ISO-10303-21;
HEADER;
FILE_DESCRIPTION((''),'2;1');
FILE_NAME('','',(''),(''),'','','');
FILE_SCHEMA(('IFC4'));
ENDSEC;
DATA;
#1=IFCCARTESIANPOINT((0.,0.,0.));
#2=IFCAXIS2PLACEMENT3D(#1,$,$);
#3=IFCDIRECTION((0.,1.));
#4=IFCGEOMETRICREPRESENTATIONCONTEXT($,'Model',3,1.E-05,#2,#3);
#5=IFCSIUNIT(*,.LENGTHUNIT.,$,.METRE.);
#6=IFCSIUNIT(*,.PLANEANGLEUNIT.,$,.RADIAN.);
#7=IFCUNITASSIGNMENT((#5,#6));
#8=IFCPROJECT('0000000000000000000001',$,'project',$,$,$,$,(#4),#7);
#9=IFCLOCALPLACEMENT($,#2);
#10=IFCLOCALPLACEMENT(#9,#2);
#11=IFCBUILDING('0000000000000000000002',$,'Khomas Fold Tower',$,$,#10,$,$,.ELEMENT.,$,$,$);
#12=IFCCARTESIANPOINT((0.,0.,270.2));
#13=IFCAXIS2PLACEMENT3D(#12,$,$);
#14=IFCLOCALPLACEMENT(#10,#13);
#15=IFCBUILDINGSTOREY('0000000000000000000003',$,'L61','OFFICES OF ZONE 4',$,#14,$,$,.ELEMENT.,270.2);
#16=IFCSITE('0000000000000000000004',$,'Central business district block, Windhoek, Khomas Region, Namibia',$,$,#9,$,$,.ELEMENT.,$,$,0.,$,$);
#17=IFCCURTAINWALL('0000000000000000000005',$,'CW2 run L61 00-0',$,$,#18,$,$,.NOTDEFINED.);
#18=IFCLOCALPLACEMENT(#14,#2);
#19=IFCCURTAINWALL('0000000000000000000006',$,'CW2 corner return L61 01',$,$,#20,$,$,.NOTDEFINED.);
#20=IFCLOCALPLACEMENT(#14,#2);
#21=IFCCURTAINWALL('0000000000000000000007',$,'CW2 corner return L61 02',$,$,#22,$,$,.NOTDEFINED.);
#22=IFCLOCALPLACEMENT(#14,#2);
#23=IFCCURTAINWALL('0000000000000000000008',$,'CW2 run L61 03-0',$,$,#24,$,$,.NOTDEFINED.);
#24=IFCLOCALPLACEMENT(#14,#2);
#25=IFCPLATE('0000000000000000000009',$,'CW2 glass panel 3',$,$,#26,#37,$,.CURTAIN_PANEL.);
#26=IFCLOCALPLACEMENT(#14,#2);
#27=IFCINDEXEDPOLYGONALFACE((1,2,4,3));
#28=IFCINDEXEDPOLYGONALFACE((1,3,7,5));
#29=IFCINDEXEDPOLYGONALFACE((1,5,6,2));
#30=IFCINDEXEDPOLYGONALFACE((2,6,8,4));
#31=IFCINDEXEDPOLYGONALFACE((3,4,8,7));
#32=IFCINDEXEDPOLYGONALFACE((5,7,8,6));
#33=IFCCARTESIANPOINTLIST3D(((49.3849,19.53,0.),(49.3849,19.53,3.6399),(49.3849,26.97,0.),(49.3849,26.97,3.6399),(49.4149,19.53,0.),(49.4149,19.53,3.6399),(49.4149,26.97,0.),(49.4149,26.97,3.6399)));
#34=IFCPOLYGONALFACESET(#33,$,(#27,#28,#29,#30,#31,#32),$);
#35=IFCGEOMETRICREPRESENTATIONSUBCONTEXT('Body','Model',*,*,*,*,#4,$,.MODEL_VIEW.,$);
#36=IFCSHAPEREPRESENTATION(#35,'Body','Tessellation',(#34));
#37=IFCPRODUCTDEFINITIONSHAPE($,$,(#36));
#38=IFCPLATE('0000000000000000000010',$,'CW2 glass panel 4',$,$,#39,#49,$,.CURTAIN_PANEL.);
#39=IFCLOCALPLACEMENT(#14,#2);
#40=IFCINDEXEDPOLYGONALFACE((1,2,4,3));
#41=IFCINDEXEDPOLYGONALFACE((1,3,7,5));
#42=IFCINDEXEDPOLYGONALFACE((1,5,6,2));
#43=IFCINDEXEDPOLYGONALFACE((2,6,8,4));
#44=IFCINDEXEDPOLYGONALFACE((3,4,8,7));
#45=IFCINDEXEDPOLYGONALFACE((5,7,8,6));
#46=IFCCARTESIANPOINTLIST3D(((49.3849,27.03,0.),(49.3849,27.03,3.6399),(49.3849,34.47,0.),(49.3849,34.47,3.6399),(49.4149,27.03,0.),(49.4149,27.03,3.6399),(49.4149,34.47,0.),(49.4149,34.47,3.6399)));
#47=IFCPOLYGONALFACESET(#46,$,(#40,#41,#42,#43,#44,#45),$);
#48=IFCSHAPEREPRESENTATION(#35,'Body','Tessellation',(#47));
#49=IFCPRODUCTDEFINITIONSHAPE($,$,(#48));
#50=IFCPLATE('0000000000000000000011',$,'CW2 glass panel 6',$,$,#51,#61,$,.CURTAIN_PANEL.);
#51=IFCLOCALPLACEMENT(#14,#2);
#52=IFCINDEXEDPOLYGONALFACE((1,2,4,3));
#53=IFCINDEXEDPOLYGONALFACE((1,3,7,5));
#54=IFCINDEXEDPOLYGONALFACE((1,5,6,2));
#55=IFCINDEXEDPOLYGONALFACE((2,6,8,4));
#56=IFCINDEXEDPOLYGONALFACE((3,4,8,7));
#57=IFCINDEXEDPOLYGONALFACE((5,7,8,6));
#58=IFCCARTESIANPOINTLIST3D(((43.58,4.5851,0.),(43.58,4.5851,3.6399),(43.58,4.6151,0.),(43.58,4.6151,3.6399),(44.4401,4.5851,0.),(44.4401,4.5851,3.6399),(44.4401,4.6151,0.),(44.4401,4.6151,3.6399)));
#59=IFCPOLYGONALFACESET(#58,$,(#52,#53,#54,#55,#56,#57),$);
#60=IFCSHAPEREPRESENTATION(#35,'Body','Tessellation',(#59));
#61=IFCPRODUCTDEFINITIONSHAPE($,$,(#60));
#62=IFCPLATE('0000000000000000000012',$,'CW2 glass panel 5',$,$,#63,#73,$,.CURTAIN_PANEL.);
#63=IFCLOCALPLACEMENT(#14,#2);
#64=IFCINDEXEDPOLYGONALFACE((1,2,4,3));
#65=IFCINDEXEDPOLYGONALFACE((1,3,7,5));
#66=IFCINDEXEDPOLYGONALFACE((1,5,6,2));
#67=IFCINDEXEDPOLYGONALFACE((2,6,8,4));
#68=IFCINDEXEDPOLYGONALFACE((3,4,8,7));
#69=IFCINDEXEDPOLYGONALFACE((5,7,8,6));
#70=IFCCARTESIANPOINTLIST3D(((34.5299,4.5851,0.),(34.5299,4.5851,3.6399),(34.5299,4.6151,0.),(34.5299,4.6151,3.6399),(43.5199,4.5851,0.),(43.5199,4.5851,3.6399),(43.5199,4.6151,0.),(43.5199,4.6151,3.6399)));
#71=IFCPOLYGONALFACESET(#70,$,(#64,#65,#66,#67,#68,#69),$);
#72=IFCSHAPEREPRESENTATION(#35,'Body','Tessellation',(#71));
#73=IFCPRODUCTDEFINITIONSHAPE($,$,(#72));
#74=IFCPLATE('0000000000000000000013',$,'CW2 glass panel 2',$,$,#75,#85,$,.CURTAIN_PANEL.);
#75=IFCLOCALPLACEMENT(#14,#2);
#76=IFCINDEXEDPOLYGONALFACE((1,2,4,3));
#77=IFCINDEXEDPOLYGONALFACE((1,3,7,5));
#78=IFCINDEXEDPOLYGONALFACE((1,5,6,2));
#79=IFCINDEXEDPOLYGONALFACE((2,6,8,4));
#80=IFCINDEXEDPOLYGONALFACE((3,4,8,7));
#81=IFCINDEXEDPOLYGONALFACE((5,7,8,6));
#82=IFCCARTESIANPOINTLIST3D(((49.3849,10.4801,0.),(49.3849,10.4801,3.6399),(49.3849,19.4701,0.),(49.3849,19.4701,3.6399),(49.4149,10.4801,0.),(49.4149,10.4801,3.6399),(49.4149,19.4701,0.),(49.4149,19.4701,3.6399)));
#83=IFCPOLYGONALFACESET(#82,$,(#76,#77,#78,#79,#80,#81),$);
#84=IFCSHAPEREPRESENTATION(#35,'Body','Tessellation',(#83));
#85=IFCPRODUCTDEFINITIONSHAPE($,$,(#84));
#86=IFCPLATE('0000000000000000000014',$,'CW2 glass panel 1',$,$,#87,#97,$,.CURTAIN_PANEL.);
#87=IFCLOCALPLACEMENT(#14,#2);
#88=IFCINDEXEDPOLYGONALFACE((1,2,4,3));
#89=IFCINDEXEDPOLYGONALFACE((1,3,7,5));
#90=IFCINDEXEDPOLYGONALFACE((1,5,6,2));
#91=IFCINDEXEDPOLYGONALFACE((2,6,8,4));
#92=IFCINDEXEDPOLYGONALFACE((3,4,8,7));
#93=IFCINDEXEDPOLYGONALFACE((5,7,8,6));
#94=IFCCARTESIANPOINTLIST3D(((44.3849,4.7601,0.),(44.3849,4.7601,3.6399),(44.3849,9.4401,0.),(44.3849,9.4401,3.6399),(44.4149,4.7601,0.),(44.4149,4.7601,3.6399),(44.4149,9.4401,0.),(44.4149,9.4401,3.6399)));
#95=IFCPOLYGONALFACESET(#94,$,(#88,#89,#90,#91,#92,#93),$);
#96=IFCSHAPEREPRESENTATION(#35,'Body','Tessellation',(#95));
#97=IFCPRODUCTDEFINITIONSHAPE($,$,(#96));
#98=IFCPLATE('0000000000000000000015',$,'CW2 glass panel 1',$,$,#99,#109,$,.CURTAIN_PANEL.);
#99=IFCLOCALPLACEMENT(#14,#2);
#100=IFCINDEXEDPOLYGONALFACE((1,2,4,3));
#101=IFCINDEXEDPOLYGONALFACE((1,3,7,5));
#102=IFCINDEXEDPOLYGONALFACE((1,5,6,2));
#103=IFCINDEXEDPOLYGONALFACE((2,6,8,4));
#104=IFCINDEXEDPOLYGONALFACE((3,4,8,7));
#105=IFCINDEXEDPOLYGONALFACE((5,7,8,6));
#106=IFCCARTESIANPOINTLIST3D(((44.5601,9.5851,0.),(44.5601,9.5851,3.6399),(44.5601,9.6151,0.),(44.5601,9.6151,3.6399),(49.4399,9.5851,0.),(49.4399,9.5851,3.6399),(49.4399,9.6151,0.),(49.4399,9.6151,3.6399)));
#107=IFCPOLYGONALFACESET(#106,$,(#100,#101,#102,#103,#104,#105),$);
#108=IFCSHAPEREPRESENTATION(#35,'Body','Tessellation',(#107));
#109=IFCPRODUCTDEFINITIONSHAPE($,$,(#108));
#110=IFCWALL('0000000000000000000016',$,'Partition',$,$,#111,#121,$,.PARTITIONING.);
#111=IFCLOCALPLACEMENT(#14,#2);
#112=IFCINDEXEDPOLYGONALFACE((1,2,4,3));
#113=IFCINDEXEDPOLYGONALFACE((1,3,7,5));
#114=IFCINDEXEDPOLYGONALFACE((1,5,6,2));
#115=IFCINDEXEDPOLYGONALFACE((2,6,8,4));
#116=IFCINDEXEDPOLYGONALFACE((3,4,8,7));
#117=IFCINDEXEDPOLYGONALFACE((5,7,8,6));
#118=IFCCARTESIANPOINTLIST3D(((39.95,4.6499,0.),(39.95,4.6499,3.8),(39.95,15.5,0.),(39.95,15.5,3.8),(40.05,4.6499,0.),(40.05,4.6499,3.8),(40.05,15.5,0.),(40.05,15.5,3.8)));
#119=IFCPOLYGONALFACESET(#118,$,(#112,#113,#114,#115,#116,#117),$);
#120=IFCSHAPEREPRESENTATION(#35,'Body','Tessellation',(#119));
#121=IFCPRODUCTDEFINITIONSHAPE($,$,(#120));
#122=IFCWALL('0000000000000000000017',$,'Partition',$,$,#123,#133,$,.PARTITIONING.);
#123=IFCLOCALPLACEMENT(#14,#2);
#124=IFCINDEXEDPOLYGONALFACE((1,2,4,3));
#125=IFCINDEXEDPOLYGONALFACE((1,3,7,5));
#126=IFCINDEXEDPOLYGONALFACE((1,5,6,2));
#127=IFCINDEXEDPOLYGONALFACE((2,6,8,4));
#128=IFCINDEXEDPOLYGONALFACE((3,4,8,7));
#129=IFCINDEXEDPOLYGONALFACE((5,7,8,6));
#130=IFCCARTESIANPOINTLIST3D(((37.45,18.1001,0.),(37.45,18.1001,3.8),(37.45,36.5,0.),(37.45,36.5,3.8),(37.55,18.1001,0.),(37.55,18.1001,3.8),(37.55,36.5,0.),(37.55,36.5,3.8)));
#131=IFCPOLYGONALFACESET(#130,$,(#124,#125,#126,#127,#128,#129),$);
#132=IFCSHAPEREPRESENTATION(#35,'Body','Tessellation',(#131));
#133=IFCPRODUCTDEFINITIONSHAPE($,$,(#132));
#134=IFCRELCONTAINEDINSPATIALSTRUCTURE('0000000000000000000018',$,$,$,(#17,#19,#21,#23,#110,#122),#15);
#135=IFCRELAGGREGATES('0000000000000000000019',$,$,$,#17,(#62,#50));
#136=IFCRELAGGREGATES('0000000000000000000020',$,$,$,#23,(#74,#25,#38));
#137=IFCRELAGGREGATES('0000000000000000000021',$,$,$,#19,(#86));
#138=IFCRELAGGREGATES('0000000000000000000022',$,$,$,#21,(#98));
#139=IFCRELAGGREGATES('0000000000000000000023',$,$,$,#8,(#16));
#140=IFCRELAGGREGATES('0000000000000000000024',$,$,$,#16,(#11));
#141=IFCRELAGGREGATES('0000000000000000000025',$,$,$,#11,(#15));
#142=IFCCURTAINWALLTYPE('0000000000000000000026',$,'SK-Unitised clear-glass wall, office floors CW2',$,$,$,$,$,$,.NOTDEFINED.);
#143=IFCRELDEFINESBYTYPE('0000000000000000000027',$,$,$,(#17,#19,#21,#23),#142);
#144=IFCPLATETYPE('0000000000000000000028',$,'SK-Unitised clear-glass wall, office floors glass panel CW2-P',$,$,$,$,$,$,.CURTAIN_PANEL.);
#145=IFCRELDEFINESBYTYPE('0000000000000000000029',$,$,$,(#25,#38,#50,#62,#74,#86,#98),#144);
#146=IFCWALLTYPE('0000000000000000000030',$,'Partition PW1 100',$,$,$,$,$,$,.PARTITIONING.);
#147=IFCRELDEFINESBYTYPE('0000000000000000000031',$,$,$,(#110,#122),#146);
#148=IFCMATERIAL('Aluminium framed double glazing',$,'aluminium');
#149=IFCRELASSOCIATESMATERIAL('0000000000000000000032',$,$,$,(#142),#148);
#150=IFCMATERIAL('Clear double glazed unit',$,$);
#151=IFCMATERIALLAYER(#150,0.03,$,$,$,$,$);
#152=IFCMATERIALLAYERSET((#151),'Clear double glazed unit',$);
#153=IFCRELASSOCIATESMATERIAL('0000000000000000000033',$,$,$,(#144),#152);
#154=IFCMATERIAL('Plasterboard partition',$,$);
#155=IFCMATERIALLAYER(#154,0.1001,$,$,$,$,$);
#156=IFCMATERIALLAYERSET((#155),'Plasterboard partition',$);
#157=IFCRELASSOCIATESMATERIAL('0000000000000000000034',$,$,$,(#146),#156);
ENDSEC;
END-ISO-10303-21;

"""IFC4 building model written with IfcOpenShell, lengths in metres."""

from ifc_helpers import new_model, si_unit, direction, frame, frame_2d, origin, origin_2d, place, context, subcontext, project, spatial, rectangle, extrude, source, transform, mapped, material, layer, layer_set, type_object, element, aggregate, save


model = new_model("IFC4")

# Units and contexts
model_context = context("Model", 3, precision=1e-05, world=origin(), true_north=direction((0.0, 1.0)))
body_context = subcontext(model_context, "Body", "Model", "MODEL_VIEW")
ifc_project = project(units=[si_unit("LENGTHUNIT", "METRE"), si_unit("PLANEANGLEUNIT", "RADIAN")], contexts=[model_context])

# Site, building, storey
site_placement = place(None, origin())
site = spatial("IfcSite", under=ifc_project, at=site_placement, Name="Central business district block, Windhoek, Khomas Region, Namibia", CompositionType="ELEMENT", RefElevation=0.0)
building_placement = place(site_placement, origin())
building = spatial("IfcBuilding", under=site, at=building_placement, Name="Khomas Fold Tower", CompositionType="ELEMENT")
storey_placement = place(building_placement, frame((0.0, 0.0, 270.2)))
storey = spatial("IfcBuildingStorey", under=building, at=storey_placement, Name="L61", Description="OFFICES OF ZONE 4", CompositionType="ELEMENT", Elevation=270.2)

# Curtain walls
ifc_material_1 = material(Name="Aluminium framed double glazing", Category="aluminium")
curtain_wall_type = type_object("IfcCurtainWallType", Name="SK-Unitised clear-glass wall, office floors CW2", PredefinedType="NOTDEFINED", material=ifc_material_1)
curtain_wall_1_placement = place(storey_placement, origin())
curtain_wall_1 = element("IfcCurtainWall", 1, at=curtain_wall_1_placement, inside=storey, type_object=curtain_wall_type, Name="CW2 run L61 00-0", PredefinedType="NOTDEFINED")
curtain_wall_2_placement = place(storey_placement, origin())
curtain_wall_2 = element("IfcCurtainWall", 2, at=curtain_wall_2_placement, inside=storey, type_object=curtain_wall_type, Name="CW2 corner return L61 01", PredefinedType="NOTDEFINED")
curtain_wall_3_placement = place(storey_placement, origin())
curtain_wall_3 = element("IfcCurtainWall", 3, at=curtain_wall_3_placement, inside=storey, type_object=curtain_wall_type, Name="CW2 corner return L61 02", PredefinedType="NOTDEFINED")
curtain_wall_4_placement = place(storey_placement, origin())
curtain_wall_4 = element("IfcCurtainWall", 4, at=curtain_wall_4_placement, inside=storey, type_object=curtain_wall_type, Name="CW2 run L61 03-0", PredefinedType="NOTDEFINED")

# Plates
ifc_material_2 = material(Name="Clear double glazed unit")
ifc_layer_1 = layer(ifc_material_2, 0.03)
ifc_layer_set_1 = layer_set([ifc_layer_1], Name="Clear double glazed unit")
plate_type = type_object("IfcPlateType", Name="SK-Unitised clear-glass wall, office floors glass panel CW2-P", PredefinedType="CURTAIN_PANEL", material=ifc_layer_set_1)
shared_shape_1 = source(origin(), body_context, "Body", "SweptSolid", [
    extrude(rectangle(XDim=7.4399, YDim=0.03, at=origin_2d()), origin(), (0.0, 0.0, 1.0), 3.6399),
])
plate_1_placement = place(storey_placement, frame((49.3999, 23.25, 0.0), z_axis=(0.0, 0.0, 1.0), x_axis=(0.0, 1.0, 0.0)))
plate_1 = element("IfcPlate", 5, at=plate_1_placement, type_object=plate_type, Name="CW2 glass panel 3", PredefinedType="CURTAIN_PANEL", context=body_context, shape_type="MappedRepresentation", body=[
    mapped(shared_shape_1, transform((0.0, 0.0, 0.0))),
])
plate_2_placement = place(storey_placement, frame((49.3999, 30.75, 0.0), z_axis=(0.0, 0.0, 1.0), x_axis=(0.0, 1.0, 0.0)))
plate_2 = element("IfcPlate", 6, at=plate_2_placement, type_object=plate_type, Name="CW2 glass panel 4", PredefinedType="CURTAIN_PANEL", context=body_context, shape_type="MappedRepresentation", body=[
    mapped(shared_shape_1, transform((0.0, 0.0, 0.0))),
])
shared_shape_2 = source(origin(), body_context, "Body", "SweptSolid", [
    extrude(rectangle(XDim=0.8601, YDim=0.03, at=origin_2d()), origin(), (0.0, 0.0, 1.0), 3.6399),
])
plate_3_placement = place(storey_placement, frame((44.01, 4.6001, 0.0), z_axis=(0.0, 0.0, 1.0), x_axis=(1.0, 0.0, 0.0)))
plate_3 = element("IfcPlate", 7, at=plate_3_placement, type_object=plate_type, Name="CW2 glass panel 6", PredefinedType="CURTAIN_PANEL", context=body_context, shape_type="MappedRepresentation", body=[
    mapped(shared_shape_2, transform((0.0, 0.0, 0.0))),
])
shared_shape_3 = source(origin(), body_context, "Body", "SweptSolid", [
    extrude(rectangle(XDim=8.99, YDim=0.03, at=origin_2d()), origin(), (0.0, 0.0, 1.0), 3.6399),
])
plate_4_placement = place(storey_placement, frame((39.0249, 4.6001, 0.0), z_axis=(0.0, 0.0, 1.0), x_axis=(1.0, 0.0, 0.0)))
plate_4 = element("IfcPlate", 8, at=plate_4_placement, type_object=plate_type, Name="CW2 glass panel 5", PredefinedType="CURTAIN_PANEL", context=body_context, shape_type="MappedRepresentation", body=[
    mapped(shared_shape_3, transform((0.0, 0.0, 0.0))),
])
aggregate(curtain_wall_1, [plate_4, plate_3])
plate_5_placement = place(storey_placement, frame((49.3999, 14.9751, 0.0), z_axis=(0.0, 0.0, 1.0), x_axis=(0.0, 1.0, 0.0)))
plate_5 = element("IfcPlate", 9, at=plate_5_placement, type_object=plate_type, Name="CW2 glass panel 2", PredefinedType="CURTAIN_PANEL", context=body_context, shape_type="MappedRepresentation", body=[
    mapped(shared_shape_3, transform((0.0, 0.0, 0.0))),
])
aggregate(curtain_wall_4, [plate_5, plate_1, plate_2])
shared_shape_4 = source(origin(), body_context, "Body", "SweptSolid", [
    extrude(rectangle(XDim=4.6799, YDim=0.03, at=origin_2d()), origin(), (0.0, 0.0, 1.0), 3.6399),
])
plate_6_placement = place(storey_placement, frame((44.3999, 7.1001, 0.0), z_axis=(0.0, 0.0, 1.0), x_axis=(0.0, 1.0, 0.0)))
plate_6 = element("IfcPlate", 10, at=plate_6_placement, type_object=plate_type, Name="CW2 glass panel 1", PredefinedType="CURTAIN_PANEL", context=body_context, shape_type="MappedRepresentation", body=[
    mapped(shared_shape_4, transform((0.0, 0.0, 0.0))),
])
aggregate(curtain_wall_2, [plate_6])
shared_shape_5 = source(origin(), body_context, "Body", "SweptSolid", [
    extrude(rectangle(XDim=4.8799, YDim=0.03, at=origin_2d()), origin(), (0.0, 0.0, 1.0), 3.6399),
])
plate_7_placement = place(storey_placement, frame((47.0, 9.6001, 0.0), z_axis=(0.0, 0.0, 1.0), x_axis=(1.0, 0.0, 0.0)))
plate_7 = element("IfcPlate", 11, at=plate_7_placement, type_object=plate_type, Name="CW2 glass panel 1", PredefinedType="CURTAIN_PANEL", context=body_context, shape_type="MappedRepresentation", body=[
    mapped(shared_shape_5, transform((0.0, 0.0, 0.0))),
])
aggregate(curtain_wall_3, [plate_7])

# Walls
ifc_material_3 = material(Name="Plasterboard partition")
ifc_layer_2 = layer(ifc_material_3, 0.1001)
ifc_layer_set_2 = layer_set([ifc_layer_2], Name="Plasterboard partition")
wall_type = type_object("IfcWallType", Name="Partition PW1 100", PredefinedType="PARTITIONING", material=ifc_layer_set_2)
shared_shape_6 = source(origin(), body_context, "Body", "SweptSolid", [
    extrude(rectangle(XDim=10.8501, YDim=0.1001, at=frame_2d((5.425, 0.0))), origin(), (0.0, 0.0, 1.0), 3.8),
])
wall_1_placement = place(storey_placement, frame((40.0, 4.6499, 0.0), z_axis=(0.0, 0.0, 1.0), x_axis=(0.0, 1.0, 0.0)))
element("IfcWall", 12, at=wall_1_placement, inside=storey, type_object=wall_type, Name="Partition", PredefinedType="PARTITIONING", context=body_context, shape_type="MappedRepresentation", body=[
    mapped(shared_shape_6, transform((0.0, 0.0, 0.0))),
])
shared_shape_7 = source(origin(), body_context, "Body", "SweptSolid", [
    extrude(rectangle(XDim=18.3999, YDim=0.1001, at=frame_2d((9.2, 0.0))), origin(), (0.0, 0.0, 1.0), 3.8),
])
wall_2_placement = place(storey_placement, frame((37.5, 18.1001, 0.0), z_axis=(0.0, 0.0, 1.0), x_axis=(0.0, 1.0, 0.0)))
element("IfcWall", 13, at=wall_2_placement, inside=storey, type_object=wall_type, Name="Partition", PredefinedType="PARTITIONING", context=body_context, shape_type="MappedRepresentation", body=[
    mapped(shared_shape_7, transform((0.0, 0.0, 0.0))),
])

save(model, "model.ifc")
